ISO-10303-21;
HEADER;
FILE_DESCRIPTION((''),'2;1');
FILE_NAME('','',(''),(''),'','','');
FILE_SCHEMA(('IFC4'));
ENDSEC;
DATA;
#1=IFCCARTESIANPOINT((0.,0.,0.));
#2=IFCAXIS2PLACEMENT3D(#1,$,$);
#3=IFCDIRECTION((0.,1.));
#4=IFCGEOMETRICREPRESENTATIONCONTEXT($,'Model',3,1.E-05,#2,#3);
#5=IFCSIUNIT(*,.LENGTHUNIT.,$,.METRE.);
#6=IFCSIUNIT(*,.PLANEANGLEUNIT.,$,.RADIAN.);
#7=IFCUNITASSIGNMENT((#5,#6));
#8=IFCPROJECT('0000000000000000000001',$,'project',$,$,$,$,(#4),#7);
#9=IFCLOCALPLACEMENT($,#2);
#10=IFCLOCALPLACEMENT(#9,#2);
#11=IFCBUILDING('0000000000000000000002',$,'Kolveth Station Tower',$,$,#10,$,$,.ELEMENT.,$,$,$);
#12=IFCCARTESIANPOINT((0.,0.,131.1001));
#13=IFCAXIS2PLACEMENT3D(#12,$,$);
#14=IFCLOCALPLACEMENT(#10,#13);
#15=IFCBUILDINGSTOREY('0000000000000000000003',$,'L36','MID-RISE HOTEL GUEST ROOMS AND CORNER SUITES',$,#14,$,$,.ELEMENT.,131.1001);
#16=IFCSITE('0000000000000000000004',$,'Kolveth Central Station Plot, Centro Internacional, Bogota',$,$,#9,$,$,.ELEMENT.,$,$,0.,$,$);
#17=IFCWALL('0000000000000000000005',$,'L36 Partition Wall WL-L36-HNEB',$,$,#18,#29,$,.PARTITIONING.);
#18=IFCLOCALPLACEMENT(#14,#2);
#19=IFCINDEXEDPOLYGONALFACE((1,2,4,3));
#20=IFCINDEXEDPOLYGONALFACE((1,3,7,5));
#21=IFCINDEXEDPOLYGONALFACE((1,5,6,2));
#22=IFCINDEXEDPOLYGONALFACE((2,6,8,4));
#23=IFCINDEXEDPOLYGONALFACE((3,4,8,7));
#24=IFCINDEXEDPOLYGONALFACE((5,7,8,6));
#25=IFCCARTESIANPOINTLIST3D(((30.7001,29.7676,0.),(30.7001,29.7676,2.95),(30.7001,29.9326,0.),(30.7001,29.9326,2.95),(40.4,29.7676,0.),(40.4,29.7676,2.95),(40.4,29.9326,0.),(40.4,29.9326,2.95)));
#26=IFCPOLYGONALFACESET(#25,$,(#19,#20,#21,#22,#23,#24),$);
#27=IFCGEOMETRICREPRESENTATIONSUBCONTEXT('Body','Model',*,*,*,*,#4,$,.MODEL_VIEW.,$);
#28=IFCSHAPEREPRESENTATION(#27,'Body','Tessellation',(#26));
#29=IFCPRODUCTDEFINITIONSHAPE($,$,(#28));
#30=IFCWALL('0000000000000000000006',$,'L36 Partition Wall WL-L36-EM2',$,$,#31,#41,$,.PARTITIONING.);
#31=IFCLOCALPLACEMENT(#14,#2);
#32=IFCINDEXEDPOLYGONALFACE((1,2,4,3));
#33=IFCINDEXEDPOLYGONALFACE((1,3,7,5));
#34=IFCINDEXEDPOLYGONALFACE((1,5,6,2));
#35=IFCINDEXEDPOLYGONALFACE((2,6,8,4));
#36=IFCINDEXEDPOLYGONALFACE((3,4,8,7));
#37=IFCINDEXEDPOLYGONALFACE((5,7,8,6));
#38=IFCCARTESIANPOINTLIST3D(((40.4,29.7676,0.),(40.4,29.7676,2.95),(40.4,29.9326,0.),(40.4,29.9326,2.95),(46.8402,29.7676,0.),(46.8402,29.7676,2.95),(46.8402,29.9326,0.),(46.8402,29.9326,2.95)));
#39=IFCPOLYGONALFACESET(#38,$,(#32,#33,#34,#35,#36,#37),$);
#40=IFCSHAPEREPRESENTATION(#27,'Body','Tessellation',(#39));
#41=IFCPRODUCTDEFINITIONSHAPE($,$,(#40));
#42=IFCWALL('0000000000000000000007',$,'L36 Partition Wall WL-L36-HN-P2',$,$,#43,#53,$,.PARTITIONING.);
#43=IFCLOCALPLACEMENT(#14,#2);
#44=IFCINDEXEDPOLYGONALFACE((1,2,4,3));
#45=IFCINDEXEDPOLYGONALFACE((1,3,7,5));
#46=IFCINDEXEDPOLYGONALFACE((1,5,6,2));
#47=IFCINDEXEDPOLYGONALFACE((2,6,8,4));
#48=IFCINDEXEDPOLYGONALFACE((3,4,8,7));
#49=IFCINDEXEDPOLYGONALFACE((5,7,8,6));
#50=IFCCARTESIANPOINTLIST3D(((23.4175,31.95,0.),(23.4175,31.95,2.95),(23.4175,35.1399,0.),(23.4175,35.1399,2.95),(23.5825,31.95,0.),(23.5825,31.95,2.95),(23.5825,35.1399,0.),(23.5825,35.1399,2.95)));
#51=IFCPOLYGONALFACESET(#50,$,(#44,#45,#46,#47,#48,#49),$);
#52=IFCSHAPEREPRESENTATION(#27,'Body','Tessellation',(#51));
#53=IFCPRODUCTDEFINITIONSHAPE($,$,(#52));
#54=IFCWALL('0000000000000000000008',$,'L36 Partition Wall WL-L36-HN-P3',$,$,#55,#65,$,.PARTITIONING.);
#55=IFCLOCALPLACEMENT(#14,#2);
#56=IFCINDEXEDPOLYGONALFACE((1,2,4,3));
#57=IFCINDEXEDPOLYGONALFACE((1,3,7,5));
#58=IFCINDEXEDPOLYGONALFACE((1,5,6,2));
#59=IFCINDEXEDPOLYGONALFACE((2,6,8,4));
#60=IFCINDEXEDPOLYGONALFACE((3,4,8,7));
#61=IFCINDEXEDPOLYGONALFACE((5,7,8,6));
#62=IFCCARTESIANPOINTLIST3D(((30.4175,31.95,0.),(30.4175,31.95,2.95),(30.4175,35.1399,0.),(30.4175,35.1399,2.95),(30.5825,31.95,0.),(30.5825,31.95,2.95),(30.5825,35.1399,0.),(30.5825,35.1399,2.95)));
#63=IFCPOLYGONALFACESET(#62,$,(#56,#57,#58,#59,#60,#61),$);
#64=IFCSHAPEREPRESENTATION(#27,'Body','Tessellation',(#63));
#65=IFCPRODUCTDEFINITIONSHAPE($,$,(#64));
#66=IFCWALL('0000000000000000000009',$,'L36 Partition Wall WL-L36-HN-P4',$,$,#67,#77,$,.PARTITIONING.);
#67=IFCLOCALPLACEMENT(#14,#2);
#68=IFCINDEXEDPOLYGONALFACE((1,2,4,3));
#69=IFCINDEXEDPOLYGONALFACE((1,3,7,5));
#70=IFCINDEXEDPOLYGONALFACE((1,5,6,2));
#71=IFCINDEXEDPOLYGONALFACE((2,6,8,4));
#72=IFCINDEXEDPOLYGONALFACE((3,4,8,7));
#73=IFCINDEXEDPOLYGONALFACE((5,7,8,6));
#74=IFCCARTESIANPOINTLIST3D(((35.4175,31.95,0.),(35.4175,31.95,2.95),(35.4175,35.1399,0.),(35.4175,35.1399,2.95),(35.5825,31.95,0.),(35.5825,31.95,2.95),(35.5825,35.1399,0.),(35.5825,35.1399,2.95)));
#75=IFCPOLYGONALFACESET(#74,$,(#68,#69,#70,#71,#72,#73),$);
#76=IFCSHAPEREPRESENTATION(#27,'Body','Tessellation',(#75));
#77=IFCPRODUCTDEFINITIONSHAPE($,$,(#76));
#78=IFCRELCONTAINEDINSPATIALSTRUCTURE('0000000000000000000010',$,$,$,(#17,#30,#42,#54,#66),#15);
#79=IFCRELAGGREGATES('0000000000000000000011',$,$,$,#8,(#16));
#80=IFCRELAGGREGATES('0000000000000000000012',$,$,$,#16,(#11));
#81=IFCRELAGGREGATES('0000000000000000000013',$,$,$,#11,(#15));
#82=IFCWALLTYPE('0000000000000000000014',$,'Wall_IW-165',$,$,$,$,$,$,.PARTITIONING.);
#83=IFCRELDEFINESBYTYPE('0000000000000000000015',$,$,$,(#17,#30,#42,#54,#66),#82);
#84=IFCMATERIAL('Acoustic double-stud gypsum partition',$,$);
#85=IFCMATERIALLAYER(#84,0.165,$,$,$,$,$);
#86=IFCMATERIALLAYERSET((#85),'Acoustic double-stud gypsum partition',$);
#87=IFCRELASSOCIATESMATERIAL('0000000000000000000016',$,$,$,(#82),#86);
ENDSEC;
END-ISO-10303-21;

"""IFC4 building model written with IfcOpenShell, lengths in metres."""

from ifc_helpers import new_model, si_unit, direction, frame, frame_2d, origin, place, context, subcontext, project, spatial, rectangle, extrude, material, layer, layer_set, type_object, element, save


model = new_model("IFC4")

# Units and contexts
model_context = context("Model", 3, precision=1e-05, world=origin(), true_north=direction((0.0, 1.0)))
body_context = subcontext(model_context, "Body", "Model", "MODEL_VIEW")
ifc_project = project(units=[si_unit("LENGTHUNIT", "METRE"), si_unit("PLANEANGLEUNIT", "RADIAN")], contexts=[model_context])

# Site, building, storey
site_placement = place(None, origin())
site = spatial("IfcSite", under=ifc_project, at=site_placement, Name="Kolveth Central Station Plot, Centro Internacional, Bogota", CompositionType="ELEMENT", RefElevation=0.0)
building_placement = place(site_placement, origin())
building = spatial("IfcBuilding", under=site, at=building_placement, Name="Kolveth Station Tower", CompositionType="ELEMENT")
storey_placement = place(building_placement, frame((0.0, 0.0, 131.1001)))
storey = spatial("IfcBuildingStorey", under=building, at=storey_placement, Name="L36", Description="MID-RISE HOTEL GUEST ROOMS AND CORNER SUITES", CompositionType="ELEMENT", Elevation=131.1001)

# Wall
ifc_material_1 = material(Name="Acoustic double-stud gypsum partition")
ifc_layer_1 = layer(ifc_material_1, 0.165)
ifc_layer_set_1 = layer_set([ifc_layer_1], Name="Acoustic double-stud gypsum partition")
wall_type = type_object("IfcWallType", Name="Wall_IW-165", PredefinedType="PARTITIONING", material=ifc_layer_set_1)
wall_1_placement = place(storey_placement, frame((30.7, 29.8501, 0.0), z_axis=(0.0, 0.0, 1.0), x_axis=(1.0, 0.0, 0.0)))
element("IfcWall", 1, at=wall_1_placement, inside=storey, type_object=wall_type, Name="L36 Partition Wall WL-L36-HNEB", PredefinedType="PARTITIONING", context=body_context, shape_type="SweptSolid", body=[
    extrude(rectangle(XDim=9.7, YDim=0.165, at=frame_2d((4.8501, 0.0))), origin(), (0.0, 0.0, 1.0), 2.95),
])

# Walls
wall_2_placement = place(storey_placement, frame((40.3999, 29.8501, 0.0), z_axis=(0.0, 0.0, 1.0), x_axis=(1.0, 0.0, 0.0)))
element("IfcWall", 2, at=wall_2_placement, inside=storey, type_object=wall_type, Name="L36 Partition Wall WL-L36-EM2", PredefinedType="PARTITIONING", context=body_context, shape_type="SweptSolid", body=[
    extrude(rectangle(XDim=6.4402, YDim=0.165, at=frame_2d((3.2202, 0.0))), origin(), (0.0, 0.0, 1.0), 2.95),
])
for number, where, z_axis, x_axis, name in (
    (3, (23.5, 31.95, 0.0), (0.0, 0.0, 1.0), (0.0, 1.0, 0.0), "L36 Partition Wall WL-L36-HN-P2"),
    (4, (30.5, 31.95, 0.0), (0.0, 0.0, 1.0), (0.0, 1.0, 0.0), "L36 Partition Wall WL-L36-HN-P3"),
    (5, (35.5, 31.95, 0.0), (0.0, 0.0, 1.0), (0.0, 1.0, 0.0), "L36 Partition Wall WL-L36-HN-P4"),
):
    element("IfcWall", number, at=place(storey_placement, frame(where, z_axis=z_axis, x_axis=x_axis)), inside=storey, type_object=wall_type, Name=name, PredefinedType="PARTITIONING", context=body_context, shape_type="SweptSolid", body=[
        extrude(rectangle(XDim=3.1899, YDim=0.165, at=frame_2d((1.595, 0.0))), origin(), (0.0, 0.0, 1.0), 2.95),
    ])

save(model, "model.ifc")
